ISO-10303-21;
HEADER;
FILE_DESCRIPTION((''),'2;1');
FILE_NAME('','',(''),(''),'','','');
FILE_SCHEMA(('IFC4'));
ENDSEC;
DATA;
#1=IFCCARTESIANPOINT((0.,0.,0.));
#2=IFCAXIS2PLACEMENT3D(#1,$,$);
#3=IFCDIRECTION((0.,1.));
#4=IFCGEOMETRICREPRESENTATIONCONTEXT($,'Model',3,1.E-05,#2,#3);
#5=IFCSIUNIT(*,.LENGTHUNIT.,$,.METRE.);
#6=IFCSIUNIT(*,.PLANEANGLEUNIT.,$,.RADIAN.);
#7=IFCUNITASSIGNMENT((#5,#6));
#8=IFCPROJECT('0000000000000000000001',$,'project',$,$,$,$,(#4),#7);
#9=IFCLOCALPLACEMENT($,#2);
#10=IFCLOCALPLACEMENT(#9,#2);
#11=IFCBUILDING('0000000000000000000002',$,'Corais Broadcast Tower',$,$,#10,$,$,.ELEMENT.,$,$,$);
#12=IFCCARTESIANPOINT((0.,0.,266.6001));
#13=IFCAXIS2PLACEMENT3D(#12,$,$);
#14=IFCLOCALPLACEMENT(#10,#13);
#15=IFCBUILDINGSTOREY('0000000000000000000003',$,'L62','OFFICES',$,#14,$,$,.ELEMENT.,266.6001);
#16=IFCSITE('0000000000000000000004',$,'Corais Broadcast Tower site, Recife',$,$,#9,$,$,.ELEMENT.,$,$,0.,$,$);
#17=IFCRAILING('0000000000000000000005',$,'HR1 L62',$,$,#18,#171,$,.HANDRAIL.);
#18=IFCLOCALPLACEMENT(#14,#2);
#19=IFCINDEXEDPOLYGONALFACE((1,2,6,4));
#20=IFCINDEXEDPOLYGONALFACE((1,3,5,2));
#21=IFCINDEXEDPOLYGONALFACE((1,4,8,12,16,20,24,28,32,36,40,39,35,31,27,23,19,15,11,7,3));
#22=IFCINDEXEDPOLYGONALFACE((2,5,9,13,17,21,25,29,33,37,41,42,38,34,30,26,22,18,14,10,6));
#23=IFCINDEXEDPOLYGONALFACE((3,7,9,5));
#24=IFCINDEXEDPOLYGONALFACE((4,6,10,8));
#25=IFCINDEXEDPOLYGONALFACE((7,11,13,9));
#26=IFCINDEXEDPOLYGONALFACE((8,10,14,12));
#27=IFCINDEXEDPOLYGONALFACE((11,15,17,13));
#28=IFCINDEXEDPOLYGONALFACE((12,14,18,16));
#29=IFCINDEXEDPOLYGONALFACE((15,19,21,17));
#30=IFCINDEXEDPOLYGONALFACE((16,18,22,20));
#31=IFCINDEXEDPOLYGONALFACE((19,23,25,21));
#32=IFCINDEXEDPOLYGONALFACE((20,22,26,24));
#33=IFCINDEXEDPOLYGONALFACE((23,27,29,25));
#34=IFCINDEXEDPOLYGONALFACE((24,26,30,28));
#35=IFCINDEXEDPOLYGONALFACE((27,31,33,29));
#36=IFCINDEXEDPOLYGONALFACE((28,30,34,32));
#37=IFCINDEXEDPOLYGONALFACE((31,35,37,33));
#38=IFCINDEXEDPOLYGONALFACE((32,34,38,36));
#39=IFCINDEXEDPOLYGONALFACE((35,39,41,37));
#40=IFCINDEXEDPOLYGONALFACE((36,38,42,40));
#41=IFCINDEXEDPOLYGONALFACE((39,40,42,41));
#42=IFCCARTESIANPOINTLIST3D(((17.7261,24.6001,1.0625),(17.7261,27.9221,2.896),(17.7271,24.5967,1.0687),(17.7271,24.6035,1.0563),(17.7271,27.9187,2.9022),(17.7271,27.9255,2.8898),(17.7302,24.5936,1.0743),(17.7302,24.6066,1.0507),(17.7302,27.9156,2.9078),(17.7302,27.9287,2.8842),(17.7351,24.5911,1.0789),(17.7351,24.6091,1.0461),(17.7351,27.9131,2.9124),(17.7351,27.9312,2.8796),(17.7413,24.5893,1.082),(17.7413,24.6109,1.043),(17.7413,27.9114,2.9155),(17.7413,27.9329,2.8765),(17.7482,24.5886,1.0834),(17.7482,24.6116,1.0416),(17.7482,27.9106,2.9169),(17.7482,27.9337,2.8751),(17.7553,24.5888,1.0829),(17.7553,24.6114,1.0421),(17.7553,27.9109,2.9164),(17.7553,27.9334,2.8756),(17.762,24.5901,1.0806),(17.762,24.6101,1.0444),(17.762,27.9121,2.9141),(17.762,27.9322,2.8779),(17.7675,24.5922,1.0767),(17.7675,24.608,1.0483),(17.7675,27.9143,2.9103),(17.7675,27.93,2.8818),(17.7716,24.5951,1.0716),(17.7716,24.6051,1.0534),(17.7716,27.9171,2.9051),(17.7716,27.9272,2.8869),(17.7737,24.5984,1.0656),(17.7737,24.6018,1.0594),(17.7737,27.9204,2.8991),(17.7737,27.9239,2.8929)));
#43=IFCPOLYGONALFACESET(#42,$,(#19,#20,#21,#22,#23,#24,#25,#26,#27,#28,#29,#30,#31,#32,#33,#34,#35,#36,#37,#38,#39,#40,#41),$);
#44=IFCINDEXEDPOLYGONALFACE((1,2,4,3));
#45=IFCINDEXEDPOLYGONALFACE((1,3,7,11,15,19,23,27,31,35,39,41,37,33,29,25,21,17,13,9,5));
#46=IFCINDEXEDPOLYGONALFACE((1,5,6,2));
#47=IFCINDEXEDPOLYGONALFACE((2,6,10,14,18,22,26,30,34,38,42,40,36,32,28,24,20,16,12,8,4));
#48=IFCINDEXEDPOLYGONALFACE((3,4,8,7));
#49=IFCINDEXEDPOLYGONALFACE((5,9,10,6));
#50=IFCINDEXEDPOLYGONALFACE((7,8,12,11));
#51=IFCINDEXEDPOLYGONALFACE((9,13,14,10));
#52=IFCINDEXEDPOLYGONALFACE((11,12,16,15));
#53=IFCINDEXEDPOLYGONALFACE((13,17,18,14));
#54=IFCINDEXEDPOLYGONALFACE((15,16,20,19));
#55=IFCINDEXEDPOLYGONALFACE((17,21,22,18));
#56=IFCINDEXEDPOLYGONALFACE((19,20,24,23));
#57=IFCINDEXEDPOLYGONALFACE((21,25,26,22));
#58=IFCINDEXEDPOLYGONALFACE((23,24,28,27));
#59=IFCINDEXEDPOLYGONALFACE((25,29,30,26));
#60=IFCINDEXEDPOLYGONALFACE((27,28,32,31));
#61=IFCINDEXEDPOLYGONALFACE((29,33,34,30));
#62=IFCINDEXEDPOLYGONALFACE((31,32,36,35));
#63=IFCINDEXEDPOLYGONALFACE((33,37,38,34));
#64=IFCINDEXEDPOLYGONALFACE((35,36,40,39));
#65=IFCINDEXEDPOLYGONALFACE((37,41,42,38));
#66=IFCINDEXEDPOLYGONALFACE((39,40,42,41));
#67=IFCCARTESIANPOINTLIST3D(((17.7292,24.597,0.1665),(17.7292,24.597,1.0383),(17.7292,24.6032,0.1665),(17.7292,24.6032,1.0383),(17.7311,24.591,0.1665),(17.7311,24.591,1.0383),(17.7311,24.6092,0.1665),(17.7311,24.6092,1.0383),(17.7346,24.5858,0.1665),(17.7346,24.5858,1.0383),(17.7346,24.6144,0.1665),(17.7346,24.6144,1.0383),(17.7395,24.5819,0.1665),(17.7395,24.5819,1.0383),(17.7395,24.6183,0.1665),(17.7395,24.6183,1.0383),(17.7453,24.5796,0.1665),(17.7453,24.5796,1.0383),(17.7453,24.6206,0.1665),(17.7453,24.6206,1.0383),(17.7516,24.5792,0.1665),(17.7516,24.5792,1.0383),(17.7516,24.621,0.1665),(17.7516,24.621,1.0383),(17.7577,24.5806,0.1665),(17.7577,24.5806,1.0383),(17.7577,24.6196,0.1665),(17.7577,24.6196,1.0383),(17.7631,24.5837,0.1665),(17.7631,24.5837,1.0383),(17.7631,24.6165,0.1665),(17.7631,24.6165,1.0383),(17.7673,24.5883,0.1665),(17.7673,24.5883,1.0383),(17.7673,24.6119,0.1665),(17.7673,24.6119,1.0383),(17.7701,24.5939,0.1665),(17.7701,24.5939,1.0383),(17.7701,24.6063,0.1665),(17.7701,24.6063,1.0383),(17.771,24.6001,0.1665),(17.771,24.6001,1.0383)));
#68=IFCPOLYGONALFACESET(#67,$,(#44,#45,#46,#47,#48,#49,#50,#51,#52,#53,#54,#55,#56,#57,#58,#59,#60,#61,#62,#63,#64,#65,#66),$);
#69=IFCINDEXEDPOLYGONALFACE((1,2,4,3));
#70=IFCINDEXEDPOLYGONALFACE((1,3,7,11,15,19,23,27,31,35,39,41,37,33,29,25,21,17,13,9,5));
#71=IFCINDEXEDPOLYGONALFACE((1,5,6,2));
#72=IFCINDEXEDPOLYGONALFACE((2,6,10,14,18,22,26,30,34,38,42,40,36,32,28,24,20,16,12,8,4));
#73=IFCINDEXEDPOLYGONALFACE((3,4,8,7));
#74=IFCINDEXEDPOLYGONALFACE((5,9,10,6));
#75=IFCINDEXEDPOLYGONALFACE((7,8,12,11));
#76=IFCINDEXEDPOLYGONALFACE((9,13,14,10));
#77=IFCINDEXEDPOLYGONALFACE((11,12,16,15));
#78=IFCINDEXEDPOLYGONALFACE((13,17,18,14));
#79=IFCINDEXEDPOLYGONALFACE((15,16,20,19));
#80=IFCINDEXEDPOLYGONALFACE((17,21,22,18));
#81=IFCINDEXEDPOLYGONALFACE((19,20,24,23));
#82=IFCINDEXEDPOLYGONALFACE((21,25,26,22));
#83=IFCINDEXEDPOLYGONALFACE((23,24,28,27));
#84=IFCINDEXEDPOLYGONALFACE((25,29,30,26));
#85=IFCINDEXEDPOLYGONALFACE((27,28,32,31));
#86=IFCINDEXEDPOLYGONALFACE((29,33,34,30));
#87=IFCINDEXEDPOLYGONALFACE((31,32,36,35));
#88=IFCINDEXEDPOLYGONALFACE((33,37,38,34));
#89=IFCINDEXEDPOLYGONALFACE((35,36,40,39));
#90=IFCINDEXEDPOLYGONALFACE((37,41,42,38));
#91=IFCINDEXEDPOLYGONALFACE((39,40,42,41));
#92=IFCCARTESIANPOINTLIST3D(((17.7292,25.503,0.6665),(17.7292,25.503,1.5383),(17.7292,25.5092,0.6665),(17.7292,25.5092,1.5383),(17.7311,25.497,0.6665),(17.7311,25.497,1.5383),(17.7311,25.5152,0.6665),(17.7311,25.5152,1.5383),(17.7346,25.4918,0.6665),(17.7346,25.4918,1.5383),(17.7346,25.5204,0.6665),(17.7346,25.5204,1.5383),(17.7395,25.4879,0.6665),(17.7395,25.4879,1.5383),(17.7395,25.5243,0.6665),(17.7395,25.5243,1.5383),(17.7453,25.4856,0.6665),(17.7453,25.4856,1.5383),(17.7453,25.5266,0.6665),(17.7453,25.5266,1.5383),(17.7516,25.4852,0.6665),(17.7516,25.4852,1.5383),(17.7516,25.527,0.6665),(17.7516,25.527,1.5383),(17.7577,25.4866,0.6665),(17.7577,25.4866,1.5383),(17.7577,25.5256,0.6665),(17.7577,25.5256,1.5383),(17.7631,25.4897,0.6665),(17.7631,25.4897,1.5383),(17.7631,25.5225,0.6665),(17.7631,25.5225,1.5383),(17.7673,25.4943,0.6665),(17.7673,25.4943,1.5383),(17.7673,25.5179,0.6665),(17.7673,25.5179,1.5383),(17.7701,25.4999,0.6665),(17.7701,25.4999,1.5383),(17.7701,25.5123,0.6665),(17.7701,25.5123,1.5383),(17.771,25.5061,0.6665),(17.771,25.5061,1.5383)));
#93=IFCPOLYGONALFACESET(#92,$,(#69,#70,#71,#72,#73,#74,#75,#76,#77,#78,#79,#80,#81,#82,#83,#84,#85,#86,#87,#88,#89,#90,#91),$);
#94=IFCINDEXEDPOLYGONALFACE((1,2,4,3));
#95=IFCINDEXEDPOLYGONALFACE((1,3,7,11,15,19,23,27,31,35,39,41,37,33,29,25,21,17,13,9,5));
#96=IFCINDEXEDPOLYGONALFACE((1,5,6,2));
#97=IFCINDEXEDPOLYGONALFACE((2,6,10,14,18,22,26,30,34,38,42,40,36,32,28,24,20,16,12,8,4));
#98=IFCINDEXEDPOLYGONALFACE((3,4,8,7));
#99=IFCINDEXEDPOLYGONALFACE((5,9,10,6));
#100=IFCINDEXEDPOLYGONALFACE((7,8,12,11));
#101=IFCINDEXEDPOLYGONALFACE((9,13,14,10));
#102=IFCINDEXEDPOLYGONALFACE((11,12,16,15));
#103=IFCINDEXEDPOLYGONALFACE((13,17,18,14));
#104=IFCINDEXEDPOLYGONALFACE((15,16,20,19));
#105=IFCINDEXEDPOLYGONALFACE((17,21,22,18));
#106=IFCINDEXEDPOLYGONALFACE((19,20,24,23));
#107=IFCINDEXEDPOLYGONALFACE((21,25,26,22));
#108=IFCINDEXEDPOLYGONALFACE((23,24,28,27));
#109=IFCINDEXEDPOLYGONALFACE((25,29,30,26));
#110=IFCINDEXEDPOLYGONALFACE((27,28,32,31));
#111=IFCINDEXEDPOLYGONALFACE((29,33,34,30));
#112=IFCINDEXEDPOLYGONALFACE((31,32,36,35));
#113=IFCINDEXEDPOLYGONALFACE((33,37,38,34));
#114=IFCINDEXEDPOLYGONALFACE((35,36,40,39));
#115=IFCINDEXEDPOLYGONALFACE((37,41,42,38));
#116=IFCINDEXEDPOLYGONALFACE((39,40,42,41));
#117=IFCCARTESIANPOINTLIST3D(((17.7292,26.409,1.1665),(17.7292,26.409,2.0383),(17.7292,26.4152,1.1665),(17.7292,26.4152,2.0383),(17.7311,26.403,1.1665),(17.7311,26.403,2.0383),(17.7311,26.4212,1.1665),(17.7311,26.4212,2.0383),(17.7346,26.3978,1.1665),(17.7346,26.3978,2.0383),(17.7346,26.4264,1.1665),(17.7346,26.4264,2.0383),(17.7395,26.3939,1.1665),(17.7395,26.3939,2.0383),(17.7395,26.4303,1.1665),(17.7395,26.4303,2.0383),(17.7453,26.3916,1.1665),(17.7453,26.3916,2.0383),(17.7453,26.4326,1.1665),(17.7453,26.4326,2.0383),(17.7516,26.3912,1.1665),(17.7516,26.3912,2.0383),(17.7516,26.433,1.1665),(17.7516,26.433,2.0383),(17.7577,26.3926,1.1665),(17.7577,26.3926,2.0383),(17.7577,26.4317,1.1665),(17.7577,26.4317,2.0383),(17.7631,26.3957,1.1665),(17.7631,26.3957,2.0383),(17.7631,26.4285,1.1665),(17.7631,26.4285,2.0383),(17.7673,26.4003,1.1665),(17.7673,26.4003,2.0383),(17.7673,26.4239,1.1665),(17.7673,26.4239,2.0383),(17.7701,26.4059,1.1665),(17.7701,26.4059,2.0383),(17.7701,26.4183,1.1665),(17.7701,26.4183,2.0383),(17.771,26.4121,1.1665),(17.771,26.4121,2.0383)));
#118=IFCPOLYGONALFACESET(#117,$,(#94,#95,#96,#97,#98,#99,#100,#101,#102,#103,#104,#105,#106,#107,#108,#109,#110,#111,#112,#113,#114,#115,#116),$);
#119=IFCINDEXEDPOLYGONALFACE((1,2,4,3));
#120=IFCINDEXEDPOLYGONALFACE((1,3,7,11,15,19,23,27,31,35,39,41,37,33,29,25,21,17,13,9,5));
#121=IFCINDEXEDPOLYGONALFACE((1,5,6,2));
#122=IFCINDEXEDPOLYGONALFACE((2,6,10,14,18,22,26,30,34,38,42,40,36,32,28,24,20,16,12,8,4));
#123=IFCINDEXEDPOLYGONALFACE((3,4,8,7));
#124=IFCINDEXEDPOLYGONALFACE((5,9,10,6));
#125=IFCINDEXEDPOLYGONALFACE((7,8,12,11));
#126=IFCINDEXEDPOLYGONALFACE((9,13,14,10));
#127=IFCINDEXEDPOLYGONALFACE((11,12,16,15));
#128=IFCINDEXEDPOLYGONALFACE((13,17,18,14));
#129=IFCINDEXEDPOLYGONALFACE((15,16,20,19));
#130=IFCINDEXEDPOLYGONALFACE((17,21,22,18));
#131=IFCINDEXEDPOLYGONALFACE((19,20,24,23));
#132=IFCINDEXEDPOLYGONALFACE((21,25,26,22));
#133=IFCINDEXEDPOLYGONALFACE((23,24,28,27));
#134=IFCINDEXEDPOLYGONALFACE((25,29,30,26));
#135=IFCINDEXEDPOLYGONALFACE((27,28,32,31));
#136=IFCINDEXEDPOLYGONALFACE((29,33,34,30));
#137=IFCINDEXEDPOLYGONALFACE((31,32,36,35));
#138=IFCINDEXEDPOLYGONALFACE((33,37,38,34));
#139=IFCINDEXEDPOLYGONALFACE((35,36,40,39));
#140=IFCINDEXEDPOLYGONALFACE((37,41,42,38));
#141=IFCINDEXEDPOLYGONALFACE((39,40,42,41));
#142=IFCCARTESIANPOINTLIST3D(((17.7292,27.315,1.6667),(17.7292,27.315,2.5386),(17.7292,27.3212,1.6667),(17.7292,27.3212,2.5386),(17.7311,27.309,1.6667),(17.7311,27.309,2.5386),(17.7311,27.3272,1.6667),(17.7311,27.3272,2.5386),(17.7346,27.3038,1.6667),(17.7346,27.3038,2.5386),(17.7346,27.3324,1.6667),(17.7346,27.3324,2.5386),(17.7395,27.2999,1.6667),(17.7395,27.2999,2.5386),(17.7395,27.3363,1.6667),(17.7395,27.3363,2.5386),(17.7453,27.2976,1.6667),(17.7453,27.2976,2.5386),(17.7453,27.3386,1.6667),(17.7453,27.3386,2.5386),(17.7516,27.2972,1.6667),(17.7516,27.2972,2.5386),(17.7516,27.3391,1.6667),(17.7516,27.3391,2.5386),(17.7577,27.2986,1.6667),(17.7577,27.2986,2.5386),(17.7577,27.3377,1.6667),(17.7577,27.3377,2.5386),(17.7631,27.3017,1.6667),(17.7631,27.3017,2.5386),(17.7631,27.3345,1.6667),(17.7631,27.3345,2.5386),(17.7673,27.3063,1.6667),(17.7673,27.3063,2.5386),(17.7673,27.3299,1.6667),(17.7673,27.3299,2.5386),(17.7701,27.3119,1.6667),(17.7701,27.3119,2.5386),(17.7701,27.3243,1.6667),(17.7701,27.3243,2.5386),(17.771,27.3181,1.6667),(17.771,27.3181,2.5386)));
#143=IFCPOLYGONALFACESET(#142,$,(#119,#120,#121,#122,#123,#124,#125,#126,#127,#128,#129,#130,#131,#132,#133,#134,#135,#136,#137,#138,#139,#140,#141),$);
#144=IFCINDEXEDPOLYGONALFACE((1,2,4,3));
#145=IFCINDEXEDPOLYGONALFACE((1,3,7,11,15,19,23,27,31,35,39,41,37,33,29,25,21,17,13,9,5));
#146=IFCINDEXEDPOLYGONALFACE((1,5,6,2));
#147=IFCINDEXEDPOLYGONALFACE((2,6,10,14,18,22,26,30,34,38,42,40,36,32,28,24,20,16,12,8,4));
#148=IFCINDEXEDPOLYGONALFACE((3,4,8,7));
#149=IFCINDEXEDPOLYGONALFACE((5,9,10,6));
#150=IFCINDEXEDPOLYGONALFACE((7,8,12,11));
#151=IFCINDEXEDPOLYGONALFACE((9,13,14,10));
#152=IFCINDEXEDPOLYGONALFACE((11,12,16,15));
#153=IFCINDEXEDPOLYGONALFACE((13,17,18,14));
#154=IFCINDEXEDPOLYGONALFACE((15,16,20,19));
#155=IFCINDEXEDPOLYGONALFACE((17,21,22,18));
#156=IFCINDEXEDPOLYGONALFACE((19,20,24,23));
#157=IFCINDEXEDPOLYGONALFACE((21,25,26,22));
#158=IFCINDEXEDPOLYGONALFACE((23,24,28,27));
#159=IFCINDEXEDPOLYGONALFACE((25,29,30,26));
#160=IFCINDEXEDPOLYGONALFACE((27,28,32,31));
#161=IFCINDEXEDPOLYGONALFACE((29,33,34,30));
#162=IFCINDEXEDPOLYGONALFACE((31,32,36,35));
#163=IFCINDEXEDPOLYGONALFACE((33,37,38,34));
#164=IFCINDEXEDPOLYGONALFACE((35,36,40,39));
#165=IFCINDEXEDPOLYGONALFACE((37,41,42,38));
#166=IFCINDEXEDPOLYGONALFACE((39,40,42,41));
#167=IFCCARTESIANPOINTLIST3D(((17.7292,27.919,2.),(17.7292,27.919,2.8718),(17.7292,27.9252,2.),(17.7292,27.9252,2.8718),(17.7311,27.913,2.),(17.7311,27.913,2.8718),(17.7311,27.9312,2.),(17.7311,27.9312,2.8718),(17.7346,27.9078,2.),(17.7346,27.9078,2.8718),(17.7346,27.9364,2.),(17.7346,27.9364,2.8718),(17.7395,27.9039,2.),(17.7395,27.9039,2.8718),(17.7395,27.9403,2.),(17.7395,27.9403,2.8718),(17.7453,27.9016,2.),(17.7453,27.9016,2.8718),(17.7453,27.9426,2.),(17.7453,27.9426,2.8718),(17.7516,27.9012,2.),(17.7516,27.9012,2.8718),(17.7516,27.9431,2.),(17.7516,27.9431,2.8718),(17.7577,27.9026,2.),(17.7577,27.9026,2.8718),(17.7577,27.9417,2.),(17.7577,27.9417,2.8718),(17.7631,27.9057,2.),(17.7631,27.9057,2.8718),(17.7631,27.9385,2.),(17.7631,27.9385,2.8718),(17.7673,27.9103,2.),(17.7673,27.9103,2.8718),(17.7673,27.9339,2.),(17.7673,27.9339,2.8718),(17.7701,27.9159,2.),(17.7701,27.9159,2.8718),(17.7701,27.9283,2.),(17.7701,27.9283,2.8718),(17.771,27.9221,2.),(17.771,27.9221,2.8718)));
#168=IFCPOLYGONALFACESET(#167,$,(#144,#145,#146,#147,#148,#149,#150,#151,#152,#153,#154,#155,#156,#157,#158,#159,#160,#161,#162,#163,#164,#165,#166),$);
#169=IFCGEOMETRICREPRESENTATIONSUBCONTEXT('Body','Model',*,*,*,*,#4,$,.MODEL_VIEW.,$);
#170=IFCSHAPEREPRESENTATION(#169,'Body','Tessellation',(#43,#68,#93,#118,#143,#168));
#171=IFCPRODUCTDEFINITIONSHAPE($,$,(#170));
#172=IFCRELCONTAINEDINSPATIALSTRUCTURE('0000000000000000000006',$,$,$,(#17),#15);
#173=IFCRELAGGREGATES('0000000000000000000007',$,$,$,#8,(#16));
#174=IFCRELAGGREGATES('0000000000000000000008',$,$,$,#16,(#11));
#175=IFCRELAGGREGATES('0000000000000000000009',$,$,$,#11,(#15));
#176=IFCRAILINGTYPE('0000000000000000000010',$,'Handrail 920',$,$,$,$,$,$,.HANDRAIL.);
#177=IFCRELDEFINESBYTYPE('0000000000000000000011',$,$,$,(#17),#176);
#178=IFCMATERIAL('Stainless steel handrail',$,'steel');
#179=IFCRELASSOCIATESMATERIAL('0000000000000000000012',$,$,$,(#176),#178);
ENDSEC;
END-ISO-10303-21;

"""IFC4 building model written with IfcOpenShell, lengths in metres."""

from ifc_helpers import new_model, si_unit, direction, frame, origin, origin_2d, place, context, subcontext, project, spatial, circle, extrude, material, type_object, element, save


model = new_model("IFC4")

# Units and contexts
model_context = context("Model", 3, precision=1e-05, world=origin(), true_north=direction((0.0, 1.0)))
body_context = subcontext(model_context, "Body", "Model", "MODEL_VIEW")
ifc_project = project(units=[si_unit("LENGTHUNIT", "METRE"), si_unit("PLANEANGLEUNIT", "RADIAN")], contexts=[model_context])

# Site, building, storey
site_placement = place(None, origin())
site = spatial("IfcSite", under=ifc_project, at=site_placement, Name="Corais Broadcast Tower site, Recife", CompositionType="ELEMENT", RefElevation=0.0)
building_placement = place(site_placement, origin())
building = spatial("IfcBuilding", under=site, at=building_placement, Name="Corais Broadcast Tower", CompositionType="ELEMENT")
storey_placement = place(building_placement, frame((0.0, 0.0, 266.6001)))
storey = spatial("IfcBuildingStorey", under=building, at=storey_placement, Name="L62", Description="OFFICES", CompositionType="ELEMENT", Elevation=266.6001)

# Railing
ifc_material_1 = material(Name="Stainless steel handrail", Category="steel")
railing_type = type_object("IfcRailingType", Name="Handrail 920", PredefinedType="HANDRAIL", material=ifc_material_1)
railing_placement = place(storey_placement, frame((17.75, 24.6001, 0.1665)))
element("IfcRailing", 1, at=railing_placement, inside=storey, type_object=railing_type, Name="HR1 L62", PredefinedType="HANDRAIL", context=body_context, shape_type="SweptSolid", body=[
    extrude(circle(Radius=0.0239, at=origin_2d()), frame((0.0, 0.0, 0.896), z_axis=(0.0, 0.875504, 0.48321), x_axis=(-1.0, 0.0, 0.0)), (0.0, 0.0, 1.0), 3.7944),
    extrude(circle(Radius=0.021, at=origin_2d()), origin(), (0.0, 0.0, 1.0), 0.8718),
    extrude(circle(Radius=0.021, at=origin_2d()), frame((0.0, 0.906, 0.5)), (0.0, 0.0, 1.0), 0.8718),
    extrude(circle(Radius=0.021, at=origin_2d()), frame((0.0, 1.812, 1.0)), (0.0, 0.0, 1.0), 0.8718),
    extrude(circle(Radius=0.021, at=origin_2d()), frame((0.0, 2.718, 1.5002)), (0.0, 0.0, 1.0), 0.8718),
    extrude(circle(Radius=0.021, at=origin_2d()), frame((0.0, 3.322, 1.8335)), (0.0, 0.0, 1.0), 0.8718),
])

save(model, "model.ifc")
